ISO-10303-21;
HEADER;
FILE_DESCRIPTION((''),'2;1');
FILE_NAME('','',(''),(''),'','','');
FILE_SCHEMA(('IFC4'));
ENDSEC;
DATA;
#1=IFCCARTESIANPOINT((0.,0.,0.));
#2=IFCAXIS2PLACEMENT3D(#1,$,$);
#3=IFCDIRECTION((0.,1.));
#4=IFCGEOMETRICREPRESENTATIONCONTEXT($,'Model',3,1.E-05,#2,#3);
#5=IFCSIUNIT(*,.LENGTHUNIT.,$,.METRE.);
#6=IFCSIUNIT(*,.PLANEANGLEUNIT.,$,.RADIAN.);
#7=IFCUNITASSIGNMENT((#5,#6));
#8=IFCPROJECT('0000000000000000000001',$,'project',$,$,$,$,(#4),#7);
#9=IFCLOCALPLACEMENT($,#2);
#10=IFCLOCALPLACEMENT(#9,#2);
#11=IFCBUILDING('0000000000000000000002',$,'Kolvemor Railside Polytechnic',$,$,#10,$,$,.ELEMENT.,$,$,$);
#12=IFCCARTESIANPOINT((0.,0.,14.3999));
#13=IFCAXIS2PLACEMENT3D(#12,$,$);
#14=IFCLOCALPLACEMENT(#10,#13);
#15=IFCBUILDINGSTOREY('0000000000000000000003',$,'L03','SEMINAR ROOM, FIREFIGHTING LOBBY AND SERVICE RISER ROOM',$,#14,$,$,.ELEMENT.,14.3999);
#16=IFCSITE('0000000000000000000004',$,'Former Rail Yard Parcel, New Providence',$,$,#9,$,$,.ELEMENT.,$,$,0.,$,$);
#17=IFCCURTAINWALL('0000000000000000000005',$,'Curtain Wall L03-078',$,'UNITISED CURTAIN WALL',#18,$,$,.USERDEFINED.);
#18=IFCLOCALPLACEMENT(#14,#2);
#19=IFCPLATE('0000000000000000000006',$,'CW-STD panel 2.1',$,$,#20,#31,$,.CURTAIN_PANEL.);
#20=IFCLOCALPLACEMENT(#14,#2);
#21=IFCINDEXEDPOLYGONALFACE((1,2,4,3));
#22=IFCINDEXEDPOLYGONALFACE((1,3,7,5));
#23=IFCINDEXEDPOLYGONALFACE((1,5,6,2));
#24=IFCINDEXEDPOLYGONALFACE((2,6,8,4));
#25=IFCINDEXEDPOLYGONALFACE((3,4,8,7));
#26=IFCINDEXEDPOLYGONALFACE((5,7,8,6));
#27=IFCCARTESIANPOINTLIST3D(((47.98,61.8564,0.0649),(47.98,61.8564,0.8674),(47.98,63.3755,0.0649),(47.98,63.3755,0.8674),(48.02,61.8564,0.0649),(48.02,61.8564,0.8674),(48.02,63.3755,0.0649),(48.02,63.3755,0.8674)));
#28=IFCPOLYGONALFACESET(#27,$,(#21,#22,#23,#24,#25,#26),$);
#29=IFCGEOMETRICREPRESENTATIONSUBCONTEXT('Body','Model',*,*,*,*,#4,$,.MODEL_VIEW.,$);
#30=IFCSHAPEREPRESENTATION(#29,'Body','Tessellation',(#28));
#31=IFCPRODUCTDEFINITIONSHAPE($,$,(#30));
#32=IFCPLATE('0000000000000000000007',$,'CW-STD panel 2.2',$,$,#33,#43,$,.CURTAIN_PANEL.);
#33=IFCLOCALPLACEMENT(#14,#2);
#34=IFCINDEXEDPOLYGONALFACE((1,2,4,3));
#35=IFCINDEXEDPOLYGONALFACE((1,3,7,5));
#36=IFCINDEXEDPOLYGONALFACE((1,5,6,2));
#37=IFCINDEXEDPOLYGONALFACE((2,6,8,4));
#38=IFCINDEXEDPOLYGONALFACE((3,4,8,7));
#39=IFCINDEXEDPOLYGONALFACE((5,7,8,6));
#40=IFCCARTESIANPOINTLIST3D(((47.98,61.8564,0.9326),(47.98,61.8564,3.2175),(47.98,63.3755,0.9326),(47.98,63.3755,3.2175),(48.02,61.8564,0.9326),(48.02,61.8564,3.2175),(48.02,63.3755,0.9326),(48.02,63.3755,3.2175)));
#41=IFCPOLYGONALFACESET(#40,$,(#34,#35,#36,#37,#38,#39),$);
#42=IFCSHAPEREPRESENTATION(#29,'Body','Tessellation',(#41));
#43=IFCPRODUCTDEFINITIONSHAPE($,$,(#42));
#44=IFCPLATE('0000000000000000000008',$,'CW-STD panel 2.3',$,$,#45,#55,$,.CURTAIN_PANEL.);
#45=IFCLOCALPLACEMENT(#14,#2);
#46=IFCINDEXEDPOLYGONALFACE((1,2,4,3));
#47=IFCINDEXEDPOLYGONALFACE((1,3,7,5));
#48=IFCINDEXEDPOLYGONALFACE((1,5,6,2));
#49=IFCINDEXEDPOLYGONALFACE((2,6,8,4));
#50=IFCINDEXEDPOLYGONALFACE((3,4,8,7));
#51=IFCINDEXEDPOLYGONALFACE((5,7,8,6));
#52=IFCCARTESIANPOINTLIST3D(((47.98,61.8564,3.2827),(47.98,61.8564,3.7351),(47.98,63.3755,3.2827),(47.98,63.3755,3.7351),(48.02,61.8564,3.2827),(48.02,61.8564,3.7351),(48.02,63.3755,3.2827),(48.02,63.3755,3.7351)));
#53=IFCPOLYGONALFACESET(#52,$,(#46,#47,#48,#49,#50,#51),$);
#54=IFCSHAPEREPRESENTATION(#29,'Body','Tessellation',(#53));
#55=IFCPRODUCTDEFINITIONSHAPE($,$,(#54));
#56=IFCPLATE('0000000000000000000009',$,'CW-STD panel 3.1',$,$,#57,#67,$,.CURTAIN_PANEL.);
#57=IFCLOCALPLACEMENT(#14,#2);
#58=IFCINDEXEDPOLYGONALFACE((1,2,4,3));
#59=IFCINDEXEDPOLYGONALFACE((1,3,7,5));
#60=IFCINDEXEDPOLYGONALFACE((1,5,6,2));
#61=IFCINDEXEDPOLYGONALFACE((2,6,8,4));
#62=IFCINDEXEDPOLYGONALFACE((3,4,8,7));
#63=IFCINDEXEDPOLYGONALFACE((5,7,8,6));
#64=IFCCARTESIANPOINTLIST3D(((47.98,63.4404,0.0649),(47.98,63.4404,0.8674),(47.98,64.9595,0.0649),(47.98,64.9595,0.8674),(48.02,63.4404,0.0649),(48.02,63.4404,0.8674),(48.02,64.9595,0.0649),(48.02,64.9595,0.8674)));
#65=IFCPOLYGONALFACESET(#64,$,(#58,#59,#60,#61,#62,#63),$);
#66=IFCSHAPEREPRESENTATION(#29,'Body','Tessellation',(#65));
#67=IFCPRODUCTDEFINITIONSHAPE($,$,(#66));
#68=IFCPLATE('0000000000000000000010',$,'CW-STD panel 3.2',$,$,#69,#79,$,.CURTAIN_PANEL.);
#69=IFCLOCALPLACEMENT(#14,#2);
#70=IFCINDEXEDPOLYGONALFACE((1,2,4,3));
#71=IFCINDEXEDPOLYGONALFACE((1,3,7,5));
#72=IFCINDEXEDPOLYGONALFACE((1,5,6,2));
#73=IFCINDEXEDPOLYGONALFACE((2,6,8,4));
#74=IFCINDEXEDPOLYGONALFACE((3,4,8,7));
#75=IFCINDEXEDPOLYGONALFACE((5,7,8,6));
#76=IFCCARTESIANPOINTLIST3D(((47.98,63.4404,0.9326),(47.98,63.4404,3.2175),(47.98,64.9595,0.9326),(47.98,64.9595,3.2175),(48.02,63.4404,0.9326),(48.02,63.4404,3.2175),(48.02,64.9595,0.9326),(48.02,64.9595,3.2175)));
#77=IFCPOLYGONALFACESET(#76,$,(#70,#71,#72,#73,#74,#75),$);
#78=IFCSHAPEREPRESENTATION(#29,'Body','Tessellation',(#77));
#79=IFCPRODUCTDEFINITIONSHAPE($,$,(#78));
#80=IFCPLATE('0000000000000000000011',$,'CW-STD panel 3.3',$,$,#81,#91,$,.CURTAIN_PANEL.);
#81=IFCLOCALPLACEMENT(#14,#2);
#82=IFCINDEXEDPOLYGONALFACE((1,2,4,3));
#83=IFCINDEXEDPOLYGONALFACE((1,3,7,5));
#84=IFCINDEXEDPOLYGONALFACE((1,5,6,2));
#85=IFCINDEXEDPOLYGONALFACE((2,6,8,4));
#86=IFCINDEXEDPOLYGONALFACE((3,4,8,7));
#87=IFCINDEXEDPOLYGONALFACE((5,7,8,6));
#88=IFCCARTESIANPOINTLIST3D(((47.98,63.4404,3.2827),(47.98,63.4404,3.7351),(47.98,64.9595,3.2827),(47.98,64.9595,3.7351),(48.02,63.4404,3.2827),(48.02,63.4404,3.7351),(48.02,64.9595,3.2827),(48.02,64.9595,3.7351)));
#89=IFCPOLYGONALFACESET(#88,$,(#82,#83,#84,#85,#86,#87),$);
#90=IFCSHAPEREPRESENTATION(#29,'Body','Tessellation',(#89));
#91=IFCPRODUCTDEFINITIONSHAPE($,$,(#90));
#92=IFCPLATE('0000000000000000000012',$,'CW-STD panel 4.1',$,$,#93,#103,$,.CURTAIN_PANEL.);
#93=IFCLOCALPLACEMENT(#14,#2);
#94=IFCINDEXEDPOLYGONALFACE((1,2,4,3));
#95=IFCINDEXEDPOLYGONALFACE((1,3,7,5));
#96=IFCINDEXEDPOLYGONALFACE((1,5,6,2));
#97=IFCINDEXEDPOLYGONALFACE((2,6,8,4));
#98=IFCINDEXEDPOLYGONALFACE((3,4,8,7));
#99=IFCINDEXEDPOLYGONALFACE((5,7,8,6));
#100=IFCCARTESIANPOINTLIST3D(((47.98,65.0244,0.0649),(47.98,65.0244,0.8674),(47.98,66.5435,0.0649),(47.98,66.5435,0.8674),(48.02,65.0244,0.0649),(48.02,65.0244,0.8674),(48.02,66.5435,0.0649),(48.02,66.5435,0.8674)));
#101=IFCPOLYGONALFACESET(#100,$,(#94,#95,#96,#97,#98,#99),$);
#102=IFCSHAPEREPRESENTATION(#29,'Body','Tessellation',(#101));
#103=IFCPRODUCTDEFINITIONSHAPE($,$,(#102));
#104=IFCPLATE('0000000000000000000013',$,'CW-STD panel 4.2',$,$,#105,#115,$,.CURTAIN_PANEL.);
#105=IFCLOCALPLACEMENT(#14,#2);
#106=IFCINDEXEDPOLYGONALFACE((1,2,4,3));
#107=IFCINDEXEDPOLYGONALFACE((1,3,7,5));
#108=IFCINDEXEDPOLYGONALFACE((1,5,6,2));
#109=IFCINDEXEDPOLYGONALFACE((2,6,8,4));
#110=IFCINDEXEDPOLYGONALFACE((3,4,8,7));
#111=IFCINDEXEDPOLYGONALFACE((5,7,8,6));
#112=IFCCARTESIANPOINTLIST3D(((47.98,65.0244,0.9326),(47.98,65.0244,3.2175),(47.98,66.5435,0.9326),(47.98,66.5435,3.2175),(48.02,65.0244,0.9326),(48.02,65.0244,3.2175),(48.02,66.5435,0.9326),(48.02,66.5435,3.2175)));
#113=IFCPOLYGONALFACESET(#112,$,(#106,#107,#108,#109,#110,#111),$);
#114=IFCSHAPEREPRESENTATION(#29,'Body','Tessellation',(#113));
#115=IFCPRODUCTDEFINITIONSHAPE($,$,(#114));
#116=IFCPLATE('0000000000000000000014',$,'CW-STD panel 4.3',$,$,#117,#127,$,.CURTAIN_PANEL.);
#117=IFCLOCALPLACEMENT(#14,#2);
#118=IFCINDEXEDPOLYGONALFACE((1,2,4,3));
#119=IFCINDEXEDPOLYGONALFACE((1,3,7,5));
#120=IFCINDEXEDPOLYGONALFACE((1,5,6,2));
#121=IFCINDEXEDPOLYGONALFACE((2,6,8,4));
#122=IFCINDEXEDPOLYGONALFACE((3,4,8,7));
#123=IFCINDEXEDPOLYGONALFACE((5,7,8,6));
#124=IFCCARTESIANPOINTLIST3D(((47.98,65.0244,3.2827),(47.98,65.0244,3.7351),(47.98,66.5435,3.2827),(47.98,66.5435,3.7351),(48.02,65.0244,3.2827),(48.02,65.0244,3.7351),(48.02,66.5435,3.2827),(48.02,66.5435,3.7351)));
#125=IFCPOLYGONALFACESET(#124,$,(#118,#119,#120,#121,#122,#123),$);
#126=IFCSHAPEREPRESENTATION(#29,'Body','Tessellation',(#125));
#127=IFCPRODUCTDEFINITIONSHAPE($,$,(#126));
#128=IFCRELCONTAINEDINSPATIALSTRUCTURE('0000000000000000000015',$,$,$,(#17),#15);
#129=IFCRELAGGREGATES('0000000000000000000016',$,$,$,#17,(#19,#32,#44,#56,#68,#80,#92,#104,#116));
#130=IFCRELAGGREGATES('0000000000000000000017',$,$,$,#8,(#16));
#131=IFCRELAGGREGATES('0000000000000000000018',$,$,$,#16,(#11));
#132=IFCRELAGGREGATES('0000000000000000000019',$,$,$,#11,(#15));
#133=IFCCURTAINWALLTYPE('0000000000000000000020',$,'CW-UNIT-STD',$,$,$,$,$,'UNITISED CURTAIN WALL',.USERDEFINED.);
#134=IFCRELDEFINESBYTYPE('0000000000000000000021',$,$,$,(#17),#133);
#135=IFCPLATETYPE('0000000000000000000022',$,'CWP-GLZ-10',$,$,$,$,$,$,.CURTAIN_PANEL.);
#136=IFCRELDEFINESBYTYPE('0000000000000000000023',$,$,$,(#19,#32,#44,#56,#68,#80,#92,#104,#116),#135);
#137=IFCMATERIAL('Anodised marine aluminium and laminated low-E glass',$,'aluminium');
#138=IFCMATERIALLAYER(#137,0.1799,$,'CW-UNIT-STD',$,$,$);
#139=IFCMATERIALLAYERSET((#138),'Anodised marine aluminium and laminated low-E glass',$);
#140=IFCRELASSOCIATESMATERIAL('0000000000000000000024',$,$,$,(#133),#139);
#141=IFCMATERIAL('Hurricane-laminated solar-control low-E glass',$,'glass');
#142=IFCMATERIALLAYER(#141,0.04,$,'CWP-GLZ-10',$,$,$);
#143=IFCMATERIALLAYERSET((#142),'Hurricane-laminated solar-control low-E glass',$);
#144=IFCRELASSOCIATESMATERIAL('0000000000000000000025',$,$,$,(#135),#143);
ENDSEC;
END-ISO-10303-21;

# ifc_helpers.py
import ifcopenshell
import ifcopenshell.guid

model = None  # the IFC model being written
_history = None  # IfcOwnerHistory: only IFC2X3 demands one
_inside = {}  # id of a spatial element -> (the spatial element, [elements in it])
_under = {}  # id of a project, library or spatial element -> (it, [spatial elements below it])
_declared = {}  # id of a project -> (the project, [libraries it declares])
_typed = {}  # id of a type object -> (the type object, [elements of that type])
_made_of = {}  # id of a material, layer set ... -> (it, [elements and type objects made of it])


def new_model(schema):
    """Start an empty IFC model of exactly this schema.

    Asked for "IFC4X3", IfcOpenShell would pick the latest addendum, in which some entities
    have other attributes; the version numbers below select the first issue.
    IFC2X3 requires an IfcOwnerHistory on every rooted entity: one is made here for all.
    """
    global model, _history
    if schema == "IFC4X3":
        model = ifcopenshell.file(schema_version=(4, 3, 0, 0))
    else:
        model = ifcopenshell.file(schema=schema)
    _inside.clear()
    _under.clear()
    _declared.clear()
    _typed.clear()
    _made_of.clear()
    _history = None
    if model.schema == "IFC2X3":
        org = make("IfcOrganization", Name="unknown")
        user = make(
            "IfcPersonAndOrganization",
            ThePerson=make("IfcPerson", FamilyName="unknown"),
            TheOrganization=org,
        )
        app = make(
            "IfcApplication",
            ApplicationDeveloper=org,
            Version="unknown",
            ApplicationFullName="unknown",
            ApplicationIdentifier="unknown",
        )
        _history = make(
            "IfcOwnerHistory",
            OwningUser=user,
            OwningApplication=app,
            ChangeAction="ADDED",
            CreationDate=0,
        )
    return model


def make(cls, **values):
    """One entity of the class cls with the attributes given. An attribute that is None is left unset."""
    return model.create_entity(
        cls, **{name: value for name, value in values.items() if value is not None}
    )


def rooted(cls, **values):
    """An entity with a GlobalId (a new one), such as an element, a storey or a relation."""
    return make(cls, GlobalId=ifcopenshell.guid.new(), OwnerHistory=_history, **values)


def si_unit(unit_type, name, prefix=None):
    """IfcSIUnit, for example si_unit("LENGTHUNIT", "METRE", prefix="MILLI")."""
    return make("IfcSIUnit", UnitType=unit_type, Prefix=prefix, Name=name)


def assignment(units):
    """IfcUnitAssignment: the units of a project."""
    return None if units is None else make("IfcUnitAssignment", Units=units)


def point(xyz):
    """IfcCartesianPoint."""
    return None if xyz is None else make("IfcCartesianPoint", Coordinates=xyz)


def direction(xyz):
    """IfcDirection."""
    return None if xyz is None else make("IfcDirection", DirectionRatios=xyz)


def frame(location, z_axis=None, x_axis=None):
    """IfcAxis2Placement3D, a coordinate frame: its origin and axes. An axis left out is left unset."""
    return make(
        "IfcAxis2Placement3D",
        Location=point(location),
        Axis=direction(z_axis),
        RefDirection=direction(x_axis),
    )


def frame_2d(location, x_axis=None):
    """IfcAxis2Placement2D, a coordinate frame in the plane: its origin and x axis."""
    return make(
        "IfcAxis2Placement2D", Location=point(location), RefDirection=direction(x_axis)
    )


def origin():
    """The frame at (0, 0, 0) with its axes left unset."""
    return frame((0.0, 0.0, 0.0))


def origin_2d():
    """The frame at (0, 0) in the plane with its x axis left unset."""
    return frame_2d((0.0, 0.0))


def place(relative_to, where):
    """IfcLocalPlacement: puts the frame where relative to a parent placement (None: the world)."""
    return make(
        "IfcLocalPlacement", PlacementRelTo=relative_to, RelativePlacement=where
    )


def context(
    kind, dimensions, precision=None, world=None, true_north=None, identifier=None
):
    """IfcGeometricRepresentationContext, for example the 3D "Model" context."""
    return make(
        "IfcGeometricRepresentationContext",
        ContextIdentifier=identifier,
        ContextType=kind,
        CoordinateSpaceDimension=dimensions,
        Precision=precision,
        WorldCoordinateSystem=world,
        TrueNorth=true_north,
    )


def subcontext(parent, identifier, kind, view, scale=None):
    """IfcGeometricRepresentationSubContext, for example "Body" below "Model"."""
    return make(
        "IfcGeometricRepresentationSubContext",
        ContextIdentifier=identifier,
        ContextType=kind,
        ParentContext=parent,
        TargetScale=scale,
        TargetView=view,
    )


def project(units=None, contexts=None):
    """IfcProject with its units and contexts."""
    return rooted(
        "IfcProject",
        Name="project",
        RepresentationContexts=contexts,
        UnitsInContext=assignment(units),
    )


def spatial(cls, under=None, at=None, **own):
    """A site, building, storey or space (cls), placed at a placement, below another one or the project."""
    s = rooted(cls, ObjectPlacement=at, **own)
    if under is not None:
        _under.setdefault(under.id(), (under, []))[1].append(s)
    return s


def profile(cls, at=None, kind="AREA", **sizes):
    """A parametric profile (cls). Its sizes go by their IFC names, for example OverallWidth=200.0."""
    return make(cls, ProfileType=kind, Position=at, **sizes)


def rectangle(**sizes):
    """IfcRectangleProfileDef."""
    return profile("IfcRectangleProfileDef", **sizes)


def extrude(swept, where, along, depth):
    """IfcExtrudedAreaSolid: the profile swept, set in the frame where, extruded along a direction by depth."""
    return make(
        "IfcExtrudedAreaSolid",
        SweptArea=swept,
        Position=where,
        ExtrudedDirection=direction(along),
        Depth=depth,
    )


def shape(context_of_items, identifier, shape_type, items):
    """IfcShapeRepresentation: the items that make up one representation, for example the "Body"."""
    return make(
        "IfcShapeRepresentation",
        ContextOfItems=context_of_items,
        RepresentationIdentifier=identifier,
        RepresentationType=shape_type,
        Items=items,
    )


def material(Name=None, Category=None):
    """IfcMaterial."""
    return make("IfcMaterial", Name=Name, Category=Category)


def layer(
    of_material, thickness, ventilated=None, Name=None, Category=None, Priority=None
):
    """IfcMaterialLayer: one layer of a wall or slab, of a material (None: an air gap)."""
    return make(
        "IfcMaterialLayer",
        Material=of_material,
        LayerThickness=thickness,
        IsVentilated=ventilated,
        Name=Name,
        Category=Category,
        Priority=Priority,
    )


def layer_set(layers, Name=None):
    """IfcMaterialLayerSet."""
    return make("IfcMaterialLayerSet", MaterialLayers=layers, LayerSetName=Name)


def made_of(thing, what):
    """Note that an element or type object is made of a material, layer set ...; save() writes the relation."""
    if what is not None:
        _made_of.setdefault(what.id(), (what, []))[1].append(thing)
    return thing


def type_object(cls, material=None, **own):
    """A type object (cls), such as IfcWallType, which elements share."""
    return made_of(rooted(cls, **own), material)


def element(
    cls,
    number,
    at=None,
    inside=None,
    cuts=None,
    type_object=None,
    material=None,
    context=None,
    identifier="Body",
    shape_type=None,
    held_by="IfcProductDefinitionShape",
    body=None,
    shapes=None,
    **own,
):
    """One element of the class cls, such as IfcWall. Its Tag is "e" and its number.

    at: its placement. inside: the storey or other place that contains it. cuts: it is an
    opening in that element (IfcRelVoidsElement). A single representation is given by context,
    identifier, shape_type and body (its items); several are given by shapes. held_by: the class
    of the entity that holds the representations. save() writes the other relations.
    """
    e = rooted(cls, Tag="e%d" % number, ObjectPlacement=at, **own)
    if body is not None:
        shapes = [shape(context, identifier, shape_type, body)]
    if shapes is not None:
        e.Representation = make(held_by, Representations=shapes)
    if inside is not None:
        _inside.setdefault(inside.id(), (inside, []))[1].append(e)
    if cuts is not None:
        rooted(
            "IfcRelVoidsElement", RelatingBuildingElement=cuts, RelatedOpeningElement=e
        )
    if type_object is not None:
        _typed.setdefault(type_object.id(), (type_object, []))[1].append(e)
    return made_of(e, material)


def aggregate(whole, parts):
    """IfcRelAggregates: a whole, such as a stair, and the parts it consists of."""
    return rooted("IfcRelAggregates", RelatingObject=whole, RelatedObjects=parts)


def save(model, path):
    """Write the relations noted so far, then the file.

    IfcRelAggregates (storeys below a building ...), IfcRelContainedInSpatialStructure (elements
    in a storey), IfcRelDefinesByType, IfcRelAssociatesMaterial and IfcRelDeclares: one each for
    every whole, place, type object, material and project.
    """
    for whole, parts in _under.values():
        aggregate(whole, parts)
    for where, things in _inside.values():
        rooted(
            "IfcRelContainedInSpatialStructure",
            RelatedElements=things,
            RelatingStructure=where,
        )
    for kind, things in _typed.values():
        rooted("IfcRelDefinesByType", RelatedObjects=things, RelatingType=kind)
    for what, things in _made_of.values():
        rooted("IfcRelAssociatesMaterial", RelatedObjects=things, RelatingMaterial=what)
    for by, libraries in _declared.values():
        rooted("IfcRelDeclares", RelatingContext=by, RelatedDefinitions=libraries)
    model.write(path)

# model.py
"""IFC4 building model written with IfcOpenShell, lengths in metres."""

from ifc_helpers import new_model, si_unit, direction, frame, origin, origin_2d, place, context, subcontext, project, spatial, rectangle, extrude, material, layer, layer_set, type_object, element, aggregate, save


model = new_model("IFC4")

# Units and contexts
model_context = context("Model", 3, precision=1e-05, world=origin(), true_north=direction((0.0, 1.0)))
body_context = subcontext(model_context, "Body", "Model", "MODEL_VIEW")
ifc_project = project(units=[si_unit("LENGTHUNIT", "METRE"), si_unit("PLANEANGLEUNIT", "RADIAN")], contexts=[model_context])

# Site, building, storey
site_placement = place(None, origin())
site = spatial("IfcSite", under=ifc_project, at=site_placement, Name="Former Rail Yard Parcel, New Providence", CompositionType="ELEMENT", RefElevation=0.0)
building_placement = place(site_placement, origin())
building = spatial("IfcBuilding", under=site, at=building_placement, Name="Kolvemor Railside Polytechnic", CompositionType="ELEMENT")
storey_placement = place(building_placement, frame((0.0, 0.0, 14.3999)))
storey = spatial("IfcBuildingStorey", under=building, at=storey_placement, Name="L03", Description="SEMINAR ROOM, FIREFIGHTING LOBBY AND SERVICE RISER ROOM", CompositionType="ELEMENT", Elevation=14.3999)

# Curtain wall, plates
ifc_material_1 = material(Name="Anodised marine aluminium and laminated low-E glass", Category="aluminium")
ifc_layer_1 = layer(ifc_material_1, 0.1799, Name="CW-UNIT-STD")
ifc_layer_set_1 = layer_set([ifc_layer_1], Name="Anodised marine aluminium and laminated low-E glass")
curtain_wall_type = type_object("IfcCurtainWallType", Name="CW-UNIT-STD", ElementType="UNITISED CURTAIN WALL", PredefinedType="USERDEFINED", material=ifc_layer_set_1)
curtain_wall_placement = place(storey_placement, origin())
curtain_wall = element("IfcCurtainWall", 1, at=curtain_wall_placement, inside=storey, type_object=curtain_wall_type, Name="Curtain Wall L03-078", ObjectType="UNITISED CURTAIN WALL", PredefinedType="USERDEFINED")
ifc_material_2 = material(Name="Hurricane-laminated solar-control low-E glass", Category="glass")
ifc_layer_2 = layer(ifc_material_2, 0.04, Name="CWP-GLZ-10")
ifc_layer_set_2 = layer_set([ifc_layer_2], Name="Hurricane-laminated solar-control low-E glass")
plate_type = type_object("IfcPlateType", Name="CWP-GLZ-10", PredefinedType="CURTAIN_PANEL", material=ifc_layer_set_2)
plate_1_placement = place(storey_placement, frame((48.0, 62.616, 0.0649), z_axis=(0.0, 0.0, 1.0), x_axis=(0.0, 1.0, 0.0)))
plate_1 = element("IfcPlate", 2, at=plate_1_placement, type_object=plate_type, Name="CW-STD panel 2.1", PredefinedType="CURTAIN_PANEL", context=body_context, shape_type="SweptSolid", body=[
    extrude(rectangle(XDim=1.519, YDim=0.04, at=origin_2d()), origin(), (0.0, 0.0, 1.0), 0.8025),
])
plate_2_placement = place(storey_placement, frame((48.0, 62.616, 0.9326), z_axis=(0.0, 0.0, 1.0), x_axis=(0.0, 1.0, 0.0)))
plate_2 = element("IfcPlate", 3, at=plate_2_placement, type_object=plate_type, Name="CW-STD panel 2.2", PredefinedType="CURTAIN_PANEL", context=body_context, shape_type="SweptSolid", body=[
    extrude(rectangle(XDim=1.519, YDim=0.04, at=origin_2d()), origin(), (0.0, 0.0, 1.0), 2.2849),
])
plate_3_placement = place(storey_placement, frame((48.0, 62.616, 3.2827), z_axis=(0.0, 0.0, 1.0), x_axis=(0.0, 1.0, 0.0)))
plate_3 = element("IfcPlate", 4, at=plate_3_placement, type_object=plate_type, Name="CW-STD panel 2.3", PredefinedType="CURTAIN_PANEL", context=body_context, shape_type="SweptSolid", body=[
    extrude(rectangle(XDim=1.519, YDim=0.04, at=origin_2d()), origin(), (0.0, 0.0, 1.0), 0.4524),
])
plate_4_placement = place(storey_placement, frame((48.0, 64.2, 0.0649), z_axis=(0.0, 0.0, 1.0), x_axis=(0.0, 1.0, 0.0)))
plate_4 = element("IfcPlate", 5, at=plate_4_placement, type_object=plate_type, Name="CW-STD panel 3.1", PredefinedType="CURTAIN_PANEL", context=body_context, shape_type="SweptSolid", body=[
    extrude(rectangle(XDim=1.519, YDim=0.04, at=origin_2d()), origin(), (0.0, 0.0, 1.0), 0.8025),
])
plate_5_placement = place(storey_placement, frame((48.0, 64.2, 0.9326), z_axis=(0.0, 0.0, 1.0), x_axis=(0.0, 1.0, 0.0)))
plate_5 = element("IfcPlate", 6, at=plate_5_placement, type_object=plate_type, Name="CW-STD panel 3.2", PredefinedType="CURTAIN_PANEL", context=body_context, shape_type="SweptSolid", body=[
    extrude(rectangle(XDim=1.519, YDim=0.04, at=origin_2d()), origin(), (0.0, 0.0, 1.0), 2.2849),
])
plate_6_placement = place(storey_placement, frame((48.0, 64.2, 3.2827), z_axis=(0.0, 0.0, 1.0), x_axis=(0.0, 1.0, 0.0)))
plate_6 = element("IfcPlate", 7, at=plate_6_placement, type_object=plate_type, Name="CW-STD panel 3.3", PredefinedType="CURTAIN_PANEL", context=body_context, shape_type="SweptSolid", body=[
    extrude(rectangle(XDim=1.519, YDim=0.04, at=origin_2d()), origin(), (0.0, 0.0, 1.0), 0.4524),
])
plate_7_placement = place(storey_placement, frame((48.0, 65.7839, 0.0649), z_axis=(0.0, 0.0, 1.0), x_axis=(0.0, 1.0, 0.0)))
plate_7 = element("IfcPlate", 8, at=plate_7_placement, type_object=plate_type, Name="CW-STD panel 4.1", PredefinedType="CURTAIN_PANEL", context=body_context, shape_type="SweptSolid", body=[
    extrude(rectangle(XDim=1.519, YDim=0.04, at=origin_2d()), origin(), (0.0, 0.0, 1.0), 0.8025),
])
plate_8_placement = place(storey_placement, frame((48.0, 65.7839, 0.9326), z_axis=(0.0, 0.0, 1.0), x_axis=(0.0, 1.0, 0.0)))
plate_8 = element("IfcPlate", 9, at=plate_8_placement, type_object=plate_type, Name="CW-STD panel 4.2", PredefinedType="CURTAIN_PANEL", context=body_context, shape_type="SweptSolid", body=[
    extrude(rectangle(XDim=1.519, YDim=0.04, at=origin_2d()), origin(), (0.0, 0.0, 1.0), 2.2849),
])
plate_9_placement = place(storey_placement, frame((48.0, 65.7839, 3.2827), z_axis=(0.0, 0.0, 1.0), x_axis=(0.0, 1.0, 0.0)))
plate_9 = element("IfcPlate", 10, at=plate_9_placement, type_object=plate_type, Name="CW-STD panel 4.3", PredefinedType="CURTAIN_PANEL", context=body_context, shape_type="SweptSolid", body=[
    extrude(rectangle(XDim=1.519, YDim=0.04, at=origin_2d()), origin(), (0.0, 0.0, 1.0), 0.4524),
])
aggregate(curtain_wall, [plate_1, plate_2, plate_3, plate_4, plate_5, plate_6, plate_7, plate_8, plate_9])

save(model, "model.ifc")
